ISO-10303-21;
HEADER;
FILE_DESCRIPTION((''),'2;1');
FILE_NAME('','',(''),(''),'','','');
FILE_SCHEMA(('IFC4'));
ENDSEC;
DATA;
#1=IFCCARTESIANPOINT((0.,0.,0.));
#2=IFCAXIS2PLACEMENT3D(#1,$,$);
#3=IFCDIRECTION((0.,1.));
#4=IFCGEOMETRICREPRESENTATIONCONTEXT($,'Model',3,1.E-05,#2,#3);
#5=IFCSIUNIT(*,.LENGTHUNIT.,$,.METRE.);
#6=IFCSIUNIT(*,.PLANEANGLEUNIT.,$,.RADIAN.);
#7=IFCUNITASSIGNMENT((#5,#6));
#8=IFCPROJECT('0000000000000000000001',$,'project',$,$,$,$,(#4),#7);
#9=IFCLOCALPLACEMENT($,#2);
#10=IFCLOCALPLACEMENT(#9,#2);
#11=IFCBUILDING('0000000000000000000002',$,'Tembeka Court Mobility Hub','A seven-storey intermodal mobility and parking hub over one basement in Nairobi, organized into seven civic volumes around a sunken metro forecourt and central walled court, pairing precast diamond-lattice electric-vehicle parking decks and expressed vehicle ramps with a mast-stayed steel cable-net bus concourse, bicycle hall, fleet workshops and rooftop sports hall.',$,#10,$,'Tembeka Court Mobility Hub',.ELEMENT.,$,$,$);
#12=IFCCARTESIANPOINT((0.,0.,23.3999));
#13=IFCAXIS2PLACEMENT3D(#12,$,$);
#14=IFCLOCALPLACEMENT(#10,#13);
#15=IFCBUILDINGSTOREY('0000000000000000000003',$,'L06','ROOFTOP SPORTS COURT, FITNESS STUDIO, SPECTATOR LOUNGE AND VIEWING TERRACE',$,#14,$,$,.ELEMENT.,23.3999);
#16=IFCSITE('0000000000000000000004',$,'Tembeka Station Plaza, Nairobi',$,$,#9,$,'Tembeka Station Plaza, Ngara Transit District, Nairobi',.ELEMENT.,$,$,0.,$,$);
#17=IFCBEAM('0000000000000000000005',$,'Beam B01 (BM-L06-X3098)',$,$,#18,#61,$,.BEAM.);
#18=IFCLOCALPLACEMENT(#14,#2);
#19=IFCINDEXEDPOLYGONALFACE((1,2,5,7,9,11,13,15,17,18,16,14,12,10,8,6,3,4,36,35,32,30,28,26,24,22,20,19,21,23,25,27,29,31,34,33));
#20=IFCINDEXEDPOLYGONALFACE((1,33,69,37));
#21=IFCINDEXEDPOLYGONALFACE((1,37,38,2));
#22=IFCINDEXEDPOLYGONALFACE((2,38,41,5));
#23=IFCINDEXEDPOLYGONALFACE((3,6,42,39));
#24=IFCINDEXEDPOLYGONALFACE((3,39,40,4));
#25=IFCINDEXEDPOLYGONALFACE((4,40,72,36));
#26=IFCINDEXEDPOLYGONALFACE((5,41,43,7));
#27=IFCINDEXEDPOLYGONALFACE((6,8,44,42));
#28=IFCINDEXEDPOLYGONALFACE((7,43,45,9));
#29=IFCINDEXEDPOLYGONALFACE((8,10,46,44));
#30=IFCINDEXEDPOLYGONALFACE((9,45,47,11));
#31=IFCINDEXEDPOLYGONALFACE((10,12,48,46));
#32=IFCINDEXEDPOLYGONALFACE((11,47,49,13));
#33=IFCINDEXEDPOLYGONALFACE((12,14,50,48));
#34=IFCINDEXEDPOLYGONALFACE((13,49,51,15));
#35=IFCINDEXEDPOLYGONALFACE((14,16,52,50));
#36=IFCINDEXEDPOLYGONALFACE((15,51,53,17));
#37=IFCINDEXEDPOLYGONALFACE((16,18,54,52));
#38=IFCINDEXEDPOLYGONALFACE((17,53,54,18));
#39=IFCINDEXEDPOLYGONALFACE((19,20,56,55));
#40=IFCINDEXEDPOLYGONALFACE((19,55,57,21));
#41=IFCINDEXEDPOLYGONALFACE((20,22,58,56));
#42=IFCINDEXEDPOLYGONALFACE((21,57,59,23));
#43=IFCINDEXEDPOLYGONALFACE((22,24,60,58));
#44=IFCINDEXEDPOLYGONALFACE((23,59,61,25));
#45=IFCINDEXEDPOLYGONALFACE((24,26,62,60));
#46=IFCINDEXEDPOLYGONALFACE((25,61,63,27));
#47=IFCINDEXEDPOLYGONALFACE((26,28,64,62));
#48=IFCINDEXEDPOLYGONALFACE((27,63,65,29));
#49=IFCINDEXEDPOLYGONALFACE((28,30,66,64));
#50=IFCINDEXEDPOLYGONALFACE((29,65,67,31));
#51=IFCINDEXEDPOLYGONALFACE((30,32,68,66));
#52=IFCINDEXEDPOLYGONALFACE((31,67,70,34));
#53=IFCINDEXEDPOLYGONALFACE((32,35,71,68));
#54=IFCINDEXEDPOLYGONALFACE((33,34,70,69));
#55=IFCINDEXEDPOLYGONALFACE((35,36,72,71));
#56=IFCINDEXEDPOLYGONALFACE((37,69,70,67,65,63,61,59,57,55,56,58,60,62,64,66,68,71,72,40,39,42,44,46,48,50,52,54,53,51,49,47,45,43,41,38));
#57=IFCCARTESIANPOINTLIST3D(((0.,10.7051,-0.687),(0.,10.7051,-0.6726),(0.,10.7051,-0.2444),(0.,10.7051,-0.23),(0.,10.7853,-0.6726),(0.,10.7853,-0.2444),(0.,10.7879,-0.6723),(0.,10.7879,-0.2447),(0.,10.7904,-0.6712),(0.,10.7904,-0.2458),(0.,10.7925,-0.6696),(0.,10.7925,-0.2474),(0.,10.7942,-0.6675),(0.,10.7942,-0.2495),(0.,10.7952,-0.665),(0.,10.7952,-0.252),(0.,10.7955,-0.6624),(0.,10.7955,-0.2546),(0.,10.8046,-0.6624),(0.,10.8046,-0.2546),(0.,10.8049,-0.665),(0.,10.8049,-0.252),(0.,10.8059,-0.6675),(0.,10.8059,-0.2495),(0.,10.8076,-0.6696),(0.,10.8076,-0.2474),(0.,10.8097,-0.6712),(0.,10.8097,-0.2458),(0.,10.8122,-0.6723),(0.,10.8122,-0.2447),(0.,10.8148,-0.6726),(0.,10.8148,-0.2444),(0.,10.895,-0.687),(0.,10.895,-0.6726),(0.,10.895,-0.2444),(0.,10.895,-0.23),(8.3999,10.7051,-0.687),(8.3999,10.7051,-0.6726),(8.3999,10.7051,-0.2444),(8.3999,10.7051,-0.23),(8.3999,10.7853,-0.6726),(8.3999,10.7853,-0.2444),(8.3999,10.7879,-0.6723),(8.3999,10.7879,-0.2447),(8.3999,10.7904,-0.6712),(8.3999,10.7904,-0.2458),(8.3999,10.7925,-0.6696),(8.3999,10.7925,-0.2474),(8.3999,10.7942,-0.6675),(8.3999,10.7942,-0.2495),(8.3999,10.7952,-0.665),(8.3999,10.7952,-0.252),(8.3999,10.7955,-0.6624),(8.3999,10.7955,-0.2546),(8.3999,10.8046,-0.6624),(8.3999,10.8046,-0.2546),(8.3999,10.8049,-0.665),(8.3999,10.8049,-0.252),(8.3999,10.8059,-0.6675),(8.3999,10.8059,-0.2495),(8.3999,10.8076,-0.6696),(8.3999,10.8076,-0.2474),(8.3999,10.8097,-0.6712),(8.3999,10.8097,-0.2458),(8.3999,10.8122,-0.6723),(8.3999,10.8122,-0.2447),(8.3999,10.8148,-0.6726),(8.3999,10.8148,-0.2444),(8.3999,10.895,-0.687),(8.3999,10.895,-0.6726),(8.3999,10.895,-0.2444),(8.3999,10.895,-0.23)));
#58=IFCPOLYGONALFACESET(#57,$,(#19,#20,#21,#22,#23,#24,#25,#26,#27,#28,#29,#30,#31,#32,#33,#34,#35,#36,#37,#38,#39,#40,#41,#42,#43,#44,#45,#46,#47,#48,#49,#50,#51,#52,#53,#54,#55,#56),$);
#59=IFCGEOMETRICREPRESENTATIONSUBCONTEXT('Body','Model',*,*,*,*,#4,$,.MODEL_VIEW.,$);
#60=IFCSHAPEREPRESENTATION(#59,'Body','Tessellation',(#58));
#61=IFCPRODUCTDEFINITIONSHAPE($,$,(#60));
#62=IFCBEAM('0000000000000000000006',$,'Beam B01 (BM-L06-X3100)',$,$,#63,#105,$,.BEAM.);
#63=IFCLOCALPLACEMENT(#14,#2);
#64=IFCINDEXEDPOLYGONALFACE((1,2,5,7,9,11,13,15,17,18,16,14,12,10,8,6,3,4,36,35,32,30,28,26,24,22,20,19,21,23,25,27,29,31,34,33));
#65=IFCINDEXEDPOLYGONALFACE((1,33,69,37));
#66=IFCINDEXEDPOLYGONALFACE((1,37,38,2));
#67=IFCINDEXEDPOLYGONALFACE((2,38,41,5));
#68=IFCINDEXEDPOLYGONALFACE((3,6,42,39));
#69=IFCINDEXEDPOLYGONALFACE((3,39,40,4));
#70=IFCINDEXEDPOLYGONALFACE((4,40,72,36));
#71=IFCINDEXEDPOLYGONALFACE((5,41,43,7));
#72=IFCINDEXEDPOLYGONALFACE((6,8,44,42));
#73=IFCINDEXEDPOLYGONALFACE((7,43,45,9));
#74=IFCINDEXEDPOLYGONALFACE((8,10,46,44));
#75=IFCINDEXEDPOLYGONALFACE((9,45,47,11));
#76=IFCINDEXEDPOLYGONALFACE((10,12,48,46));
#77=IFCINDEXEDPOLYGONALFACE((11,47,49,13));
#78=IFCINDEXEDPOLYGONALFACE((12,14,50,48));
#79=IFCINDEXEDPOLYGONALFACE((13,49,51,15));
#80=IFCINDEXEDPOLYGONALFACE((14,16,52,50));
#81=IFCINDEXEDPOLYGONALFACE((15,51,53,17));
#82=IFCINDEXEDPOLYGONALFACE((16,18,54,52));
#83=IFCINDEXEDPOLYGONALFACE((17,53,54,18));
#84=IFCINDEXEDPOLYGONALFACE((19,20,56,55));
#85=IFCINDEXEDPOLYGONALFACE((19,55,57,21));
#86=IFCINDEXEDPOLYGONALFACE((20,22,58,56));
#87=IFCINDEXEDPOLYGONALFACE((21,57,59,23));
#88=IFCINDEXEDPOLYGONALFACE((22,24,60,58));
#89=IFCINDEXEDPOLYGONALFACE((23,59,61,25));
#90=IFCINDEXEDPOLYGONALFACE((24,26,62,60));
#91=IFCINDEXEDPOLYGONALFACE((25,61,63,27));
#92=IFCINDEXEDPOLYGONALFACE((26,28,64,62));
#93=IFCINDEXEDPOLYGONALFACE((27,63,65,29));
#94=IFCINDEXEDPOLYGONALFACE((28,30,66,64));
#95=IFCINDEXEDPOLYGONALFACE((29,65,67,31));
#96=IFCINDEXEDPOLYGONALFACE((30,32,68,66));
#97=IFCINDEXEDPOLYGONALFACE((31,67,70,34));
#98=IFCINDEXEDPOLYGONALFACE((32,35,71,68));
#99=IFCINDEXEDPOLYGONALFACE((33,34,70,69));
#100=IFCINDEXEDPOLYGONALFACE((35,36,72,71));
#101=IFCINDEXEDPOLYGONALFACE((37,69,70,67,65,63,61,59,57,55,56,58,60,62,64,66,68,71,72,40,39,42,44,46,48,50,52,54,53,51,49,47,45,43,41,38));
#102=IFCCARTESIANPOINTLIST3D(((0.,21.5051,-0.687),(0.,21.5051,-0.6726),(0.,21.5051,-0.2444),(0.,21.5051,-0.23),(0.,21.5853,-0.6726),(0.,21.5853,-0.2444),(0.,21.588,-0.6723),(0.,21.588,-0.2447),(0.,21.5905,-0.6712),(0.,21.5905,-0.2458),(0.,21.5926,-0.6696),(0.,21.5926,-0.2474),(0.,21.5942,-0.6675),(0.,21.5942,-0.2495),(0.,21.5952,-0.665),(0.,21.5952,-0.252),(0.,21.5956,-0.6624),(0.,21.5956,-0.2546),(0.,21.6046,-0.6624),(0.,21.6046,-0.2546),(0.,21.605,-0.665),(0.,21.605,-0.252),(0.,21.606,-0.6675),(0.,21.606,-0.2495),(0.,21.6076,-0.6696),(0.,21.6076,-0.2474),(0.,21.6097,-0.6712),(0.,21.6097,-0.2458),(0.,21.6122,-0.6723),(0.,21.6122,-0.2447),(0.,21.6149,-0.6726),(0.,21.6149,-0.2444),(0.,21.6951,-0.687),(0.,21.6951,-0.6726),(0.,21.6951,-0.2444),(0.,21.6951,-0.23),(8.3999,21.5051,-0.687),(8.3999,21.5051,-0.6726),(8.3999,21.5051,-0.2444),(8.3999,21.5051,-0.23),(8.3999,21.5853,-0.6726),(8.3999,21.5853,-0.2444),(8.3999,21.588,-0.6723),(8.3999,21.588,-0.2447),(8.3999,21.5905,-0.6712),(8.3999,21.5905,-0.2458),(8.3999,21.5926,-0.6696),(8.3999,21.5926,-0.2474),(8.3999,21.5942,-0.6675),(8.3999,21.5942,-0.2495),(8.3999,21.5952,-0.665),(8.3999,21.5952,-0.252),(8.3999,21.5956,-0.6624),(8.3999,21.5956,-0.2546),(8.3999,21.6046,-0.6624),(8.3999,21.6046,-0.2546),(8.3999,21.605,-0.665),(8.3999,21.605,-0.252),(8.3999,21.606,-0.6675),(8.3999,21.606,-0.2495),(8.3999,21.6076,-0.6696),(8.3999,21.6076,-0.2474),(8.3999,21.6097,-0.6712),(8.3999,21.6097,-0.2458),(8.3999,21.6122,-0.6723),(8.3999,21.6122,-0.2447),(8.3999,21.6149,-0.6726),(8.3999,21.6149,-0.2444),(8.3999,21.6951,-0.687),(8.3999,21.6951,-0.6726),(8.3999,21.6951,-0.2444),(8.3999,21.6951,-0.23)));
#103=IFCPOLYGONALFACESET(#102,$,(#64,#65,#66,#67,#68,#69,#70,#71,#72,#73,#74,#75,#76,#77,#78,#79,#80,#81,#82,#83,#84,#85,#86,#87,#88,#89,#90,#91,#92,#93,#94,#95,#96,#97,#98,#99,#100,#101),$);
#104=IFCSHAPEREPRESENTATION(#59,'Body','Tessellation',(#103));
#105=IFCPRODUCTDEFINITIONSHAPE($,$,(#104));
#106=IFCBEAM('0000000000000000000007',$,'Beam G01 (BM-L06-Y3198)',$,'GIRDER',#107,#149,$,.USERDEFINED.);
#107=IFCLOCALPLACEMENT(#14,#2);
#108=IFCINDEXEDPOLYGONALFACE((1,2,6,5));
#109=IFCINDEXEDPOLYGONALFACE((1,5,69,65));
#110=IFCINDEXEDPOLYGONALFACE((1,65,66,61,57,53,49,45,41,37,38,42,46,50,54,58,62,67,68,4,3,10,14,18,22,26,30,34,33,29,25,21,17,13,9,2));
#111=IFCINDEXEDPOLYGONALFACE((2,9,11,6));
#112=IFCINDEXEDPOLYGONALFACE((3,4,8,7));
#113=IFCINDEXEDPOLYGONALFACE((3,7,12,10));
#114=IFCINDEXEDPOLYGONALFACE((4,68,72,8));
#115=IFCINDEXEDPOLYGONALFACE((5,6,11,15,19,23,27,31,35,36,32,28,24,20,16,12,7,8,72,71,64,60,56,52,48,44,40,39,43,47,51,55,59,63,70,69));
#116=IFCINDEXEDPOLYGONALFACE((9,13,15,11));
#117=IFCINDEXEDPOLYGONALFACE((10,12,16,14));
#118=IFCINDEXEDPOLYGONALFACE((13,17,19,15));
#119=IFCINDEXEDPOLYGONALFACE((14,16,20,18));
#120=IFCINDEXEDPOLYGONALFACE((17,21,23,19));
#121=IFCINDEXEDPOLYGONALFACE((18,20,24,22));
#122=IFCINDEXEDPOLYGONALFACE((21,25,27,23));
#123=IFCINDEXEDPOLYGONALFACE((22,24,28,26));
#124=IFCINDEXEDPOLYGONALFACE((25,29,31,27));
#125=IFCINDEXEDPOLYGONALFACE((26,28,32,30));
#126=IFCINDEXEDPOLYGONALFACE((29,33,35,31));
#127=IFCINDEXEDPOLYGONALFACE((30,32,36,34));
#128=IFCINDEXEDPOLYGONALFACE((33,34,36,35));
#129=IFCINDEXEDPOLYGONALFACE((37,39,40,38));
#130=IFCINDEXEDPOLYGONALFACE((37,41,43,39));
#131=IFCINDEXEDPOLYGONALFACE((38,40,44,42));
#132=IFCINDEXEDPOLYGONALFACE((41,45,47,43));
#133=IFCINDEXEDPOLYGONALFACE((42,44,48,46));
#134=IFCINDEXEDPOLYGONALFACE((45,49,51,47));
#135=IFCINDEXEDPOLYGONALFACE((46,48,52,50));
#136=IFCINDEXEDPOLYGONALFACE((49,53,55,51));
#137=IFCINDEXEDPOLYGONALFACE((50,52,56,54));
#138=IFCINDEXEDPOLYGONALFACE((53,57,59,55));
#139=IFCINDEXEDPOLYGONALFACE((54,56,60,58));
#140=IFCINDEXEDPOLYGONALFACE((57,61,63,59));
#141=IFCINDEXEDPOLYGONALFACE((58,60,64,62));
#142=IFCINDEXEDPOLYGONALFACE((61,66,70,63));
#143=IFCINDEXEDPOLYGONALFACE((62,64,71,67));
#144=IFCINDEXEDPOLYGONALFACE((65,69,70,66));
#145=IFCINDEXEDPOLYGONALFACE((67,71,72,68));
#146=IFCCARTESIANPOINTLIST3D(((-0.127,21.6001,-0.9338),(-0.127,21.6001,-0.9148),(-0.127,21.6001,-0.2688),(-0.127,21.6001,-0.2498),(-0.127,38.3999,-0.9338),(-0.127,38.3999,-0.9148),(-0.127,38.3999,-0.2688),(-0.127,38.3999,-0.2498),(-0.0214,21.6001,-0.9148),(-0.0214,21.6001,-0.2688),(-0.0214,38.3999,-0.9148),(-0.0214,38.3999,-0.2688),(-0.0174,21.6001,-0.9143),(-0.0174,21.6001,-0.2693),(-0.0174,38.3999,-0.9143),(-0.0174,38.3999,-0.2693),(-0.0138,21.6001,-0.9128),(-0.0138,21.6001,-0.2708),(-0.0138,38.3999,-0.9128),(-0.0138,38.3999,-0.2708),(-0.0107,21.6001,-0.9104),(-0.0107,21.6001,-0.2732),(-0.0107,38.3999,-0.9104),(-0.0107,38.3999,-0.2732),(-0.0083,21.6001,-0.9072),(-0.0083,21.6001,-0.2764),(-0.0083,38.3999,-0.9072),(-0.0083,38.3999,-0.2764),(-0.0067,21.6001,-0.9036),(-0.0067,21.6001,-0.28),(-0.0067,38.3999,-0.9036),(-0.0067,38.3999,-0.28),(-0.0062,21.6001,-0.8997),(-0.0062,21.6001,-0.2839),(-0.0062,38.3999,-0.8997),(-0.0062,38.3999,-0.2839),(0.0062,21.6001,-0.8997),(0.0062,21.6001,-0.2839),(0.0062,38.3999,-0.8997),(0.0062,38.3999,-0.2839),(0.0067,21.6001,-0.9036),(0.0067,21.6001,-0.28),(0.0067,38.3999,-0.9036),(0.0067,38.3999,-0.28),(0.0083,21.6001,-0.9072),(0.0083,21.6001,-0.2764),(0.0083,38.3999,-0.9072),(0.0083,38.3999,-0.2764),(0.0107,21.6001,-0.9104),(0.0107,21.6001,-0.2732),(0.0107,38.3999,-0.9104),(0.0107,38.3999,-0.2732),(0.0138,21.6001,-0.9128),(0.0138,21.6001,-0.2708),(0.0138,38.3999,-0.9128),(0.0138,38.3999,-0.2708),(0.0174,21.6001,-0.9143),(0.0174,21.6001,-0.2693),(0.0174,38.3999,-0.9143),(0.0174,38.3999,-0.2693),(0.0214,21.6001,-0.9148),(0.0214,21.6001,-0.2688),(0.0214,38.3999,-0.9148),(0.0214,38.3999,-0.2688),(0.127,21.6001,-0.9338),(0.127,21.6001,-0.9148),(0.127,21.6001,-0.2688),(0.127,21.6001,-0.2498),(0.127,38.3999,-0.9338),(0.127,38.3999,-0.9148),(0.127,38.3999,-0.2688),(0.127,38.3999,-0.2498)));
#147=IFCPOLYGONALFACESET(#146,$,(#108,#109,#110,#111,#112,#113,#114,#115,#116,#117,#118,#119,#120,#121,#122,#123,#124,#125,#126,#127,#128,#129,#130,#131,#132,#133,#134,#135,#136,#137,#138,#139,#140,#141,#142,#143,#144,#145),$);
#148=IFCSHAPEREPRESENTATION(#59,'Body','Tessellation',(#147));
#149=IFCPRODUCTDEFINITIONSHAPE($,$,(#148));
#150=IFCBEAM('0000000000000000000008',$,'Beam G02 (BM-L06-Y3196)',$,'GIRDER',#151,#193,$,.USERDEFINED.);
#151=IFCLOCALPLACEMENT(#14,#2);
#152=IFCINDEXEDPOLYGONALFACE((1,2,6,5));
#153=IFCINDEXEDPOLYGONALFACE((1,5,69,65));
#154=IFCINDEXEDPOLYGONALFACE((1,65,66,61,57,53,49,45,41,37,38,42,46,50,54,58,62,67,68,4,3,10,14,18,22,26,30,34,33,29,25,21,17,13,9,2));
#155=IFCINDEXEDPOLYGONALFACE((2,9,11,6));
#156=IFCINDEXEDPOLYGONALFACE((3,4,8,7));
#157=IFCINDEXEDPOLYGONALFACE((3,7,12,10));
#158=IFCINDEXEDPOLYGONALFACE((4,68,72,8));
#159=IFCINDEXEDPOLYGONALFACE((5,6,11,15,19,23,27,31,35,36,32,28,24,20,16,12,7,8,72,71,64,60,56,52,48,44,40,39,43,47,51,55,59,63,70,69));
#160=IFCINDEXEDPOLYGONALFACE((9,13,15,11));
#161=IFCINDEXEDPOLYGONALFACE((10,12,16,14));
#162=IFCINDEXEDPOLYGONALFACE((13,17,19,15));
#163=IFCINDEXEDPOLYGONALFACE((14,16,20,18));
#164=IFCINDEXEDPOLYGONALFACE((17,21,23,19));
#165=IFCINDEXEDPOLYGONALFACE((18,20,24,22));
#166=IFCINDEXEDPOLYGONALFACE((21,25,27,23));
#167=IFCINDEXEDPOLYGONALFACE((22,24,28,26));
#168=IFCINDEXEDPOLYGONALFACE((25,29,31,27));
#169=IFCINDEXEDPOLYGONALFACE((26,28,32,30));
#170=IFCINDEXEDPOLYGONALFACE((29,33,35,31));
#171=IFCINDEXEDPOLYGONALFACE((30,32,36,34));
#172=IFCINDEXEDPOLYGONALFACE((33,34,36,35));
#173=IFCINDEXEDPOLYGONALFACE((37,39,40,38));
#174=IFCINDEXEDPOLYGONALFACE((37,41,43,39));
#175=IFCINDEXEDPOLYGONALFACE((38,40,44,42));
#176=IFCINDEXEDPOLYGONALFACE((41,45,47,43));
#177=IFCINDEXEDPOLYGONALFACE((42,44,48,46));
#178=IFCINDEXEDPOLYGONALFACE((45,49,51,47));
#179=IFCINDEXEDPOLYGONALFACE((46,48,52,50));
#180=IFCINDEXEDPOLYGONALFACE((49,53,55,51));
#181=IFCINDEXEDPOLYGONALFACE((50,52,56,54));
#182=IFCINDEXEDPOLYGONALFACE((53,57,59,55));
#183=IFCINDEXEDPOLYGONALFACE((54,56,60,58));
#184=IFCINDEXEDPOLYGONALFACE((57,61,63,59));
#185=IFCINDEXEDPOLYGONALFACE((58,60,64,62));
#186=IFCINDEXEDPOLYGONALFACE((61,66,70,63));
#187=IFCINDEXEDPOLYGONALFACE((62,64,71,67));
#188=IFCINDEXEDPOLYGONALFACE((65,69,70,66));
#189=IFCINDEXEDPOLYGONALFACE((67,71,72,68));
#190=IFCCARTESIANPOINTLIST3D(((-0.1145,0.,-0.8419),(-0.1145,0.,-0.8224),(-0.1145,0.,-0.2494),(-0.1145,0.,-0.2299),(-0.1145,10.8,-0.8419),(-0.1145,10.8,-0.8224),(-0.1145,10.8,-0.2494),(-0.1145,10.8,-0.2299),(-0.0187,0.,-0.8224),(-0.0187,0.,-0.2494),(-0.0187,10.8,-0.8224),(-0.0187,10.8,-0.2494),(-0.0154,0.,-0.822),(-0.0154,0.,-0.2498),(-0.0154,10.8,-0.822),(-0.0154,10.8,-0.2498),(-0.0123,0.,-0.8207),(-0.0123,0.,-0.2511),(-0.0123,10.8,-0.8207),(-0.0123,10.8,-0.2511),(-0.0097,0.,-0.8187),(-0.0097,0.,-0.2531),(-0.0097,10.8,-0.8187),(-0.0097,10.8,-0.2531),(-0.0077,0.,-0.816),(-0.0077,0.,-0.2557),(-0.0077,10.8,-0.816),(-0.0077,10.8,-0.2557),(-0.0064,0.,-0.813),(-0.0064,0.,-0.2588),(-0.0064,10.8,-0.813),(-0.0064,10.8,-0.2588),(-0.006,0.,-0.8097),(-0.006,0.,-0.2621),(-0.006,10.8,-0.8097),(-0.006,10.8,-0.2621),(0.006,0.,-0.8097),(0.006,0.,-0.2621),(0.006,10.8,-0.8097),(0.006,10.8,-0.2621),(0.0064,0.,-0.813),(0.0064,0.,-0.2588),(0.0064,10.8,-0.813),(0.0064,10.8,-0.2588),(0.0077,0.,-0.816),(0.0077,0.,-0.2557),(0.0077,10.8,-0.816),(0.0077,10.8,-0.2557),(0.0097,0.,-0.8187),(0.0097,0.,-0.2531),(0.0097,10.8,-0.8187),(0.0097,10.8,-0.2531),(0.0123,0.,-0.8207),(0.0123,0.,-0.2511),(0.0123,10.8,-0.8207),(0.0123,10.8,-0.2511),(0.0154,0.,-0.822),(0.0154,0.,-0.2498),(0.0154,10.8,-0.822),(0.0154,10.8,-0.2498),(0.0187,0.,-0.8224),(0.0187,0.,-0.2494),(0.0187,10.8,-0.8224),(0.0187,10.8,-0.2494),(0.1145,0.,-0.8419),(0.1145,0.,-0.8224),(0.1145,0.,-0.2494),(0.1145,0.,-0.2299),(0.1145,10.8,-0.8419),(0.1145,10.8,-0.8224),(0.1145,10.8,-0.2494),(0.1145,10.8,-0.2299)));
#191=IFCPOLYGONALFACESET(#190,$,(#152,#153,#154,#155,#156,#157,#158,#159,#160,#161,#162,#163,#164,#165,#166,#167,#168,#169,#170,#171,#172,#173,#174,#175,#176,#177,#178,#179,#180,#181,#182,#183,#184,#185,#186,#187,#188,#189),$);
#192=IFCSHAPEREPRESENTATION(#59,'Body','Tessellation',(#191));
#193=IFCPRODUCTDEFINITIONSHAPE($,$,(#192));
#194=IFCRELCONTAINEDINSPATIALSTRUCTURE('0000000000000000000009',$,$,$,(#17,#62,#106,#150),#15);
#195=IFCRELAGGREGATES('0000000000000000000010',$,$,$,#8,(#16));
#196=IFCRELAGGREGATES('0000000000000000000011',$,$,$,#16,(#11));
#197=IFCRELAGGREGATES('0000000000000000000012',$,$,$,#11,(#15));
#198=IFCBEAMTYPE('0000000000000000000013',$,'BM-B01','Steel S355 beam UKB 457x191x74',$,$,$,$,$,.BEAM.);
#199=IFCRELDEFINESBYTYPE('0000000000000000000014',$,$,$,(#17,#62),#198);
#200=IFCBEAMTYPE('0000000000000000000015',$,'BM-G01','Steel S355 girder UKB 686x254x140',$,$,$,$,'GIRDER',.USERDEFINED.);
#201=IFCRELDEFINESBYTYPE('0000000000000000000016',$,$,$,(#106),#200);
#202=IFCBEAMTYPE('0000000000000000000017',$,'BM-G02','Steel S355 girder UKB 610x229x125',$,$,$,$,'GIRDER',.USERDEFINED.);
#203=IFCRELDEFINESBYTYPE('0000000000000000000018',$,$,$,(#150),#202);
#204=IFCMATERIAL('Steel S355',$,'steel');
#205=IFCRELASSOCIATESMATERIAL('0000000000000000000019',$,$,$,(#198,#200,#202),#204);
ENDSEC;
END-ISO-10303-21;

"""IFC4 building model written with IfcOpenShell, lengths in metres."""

from ifc_helpers import new_model, si_unit, direction, frame, origin, origin_2d, place, context, subcontext, project, spatial, i_section, extrude, material, material_profile, profile_set, type_object, element, save


model = new_model("IFC4")

# Units and contexts
model_context = context("Model", 3, precision=1e-05, world=origin(), true_north=direction((0.0, 1.0)))
body_context = subcontext(model_context, "Body", "Model", "MODEL_VIEW")
ifc_project = project(units=[si_unit("LENGTHUNIT", "METRE"), si_unit("PLANEANGLEUNIT", "RADIAN")], contexts=[model_context])

# Site, building, storey
site_placement = place(None, origin())
site = spatial("IfcSite", under=ifc_project, at=site_placement, Name="Tembeka Station Plaza, Nairobi", LongName="Tembeka Station Plaza, Ngara Transit District, Nairobi", CompositionType="ELEMENT", RefElevation=0.0)
building_placement = place(site_placement, origin())
building = spatial("IfcBuilding", under=site, at=building_placement, Name="Tembeka Court Mobility Hub", Description="A seven-storey intermodal mobility and parking hub over one basement in Nairobi, organized into seven civic volumes around a sunken metro forecourt and central walled court, pairing precast diamond-lattice electric-vehicle parking decks and expressed vehicle ramps with a mast-stayed steel cable-net bus concourse, bicycle hall, fleet workshops and rooftop sports hall.", LongName="Tembeka Court Mobility Hub", CompositionType="ELEMENT")
storey_placement = place(building_placement, frame((0.0, 0.0, 23.3999)))
storey = spatial("IfcBuildingStorey", under=building, at=storey_placement, Name="L06", Description="ROOFTOP SPORTS COURT, FITNESS STUDIO, SPECTATOR LOUNGE AND VIEWING TERRACE", CompositionType="ELEMENT", Elevation=23.3999)

# Beams
ifc_material_1 = material(Name="Steel S355", Category="steel")
ifc_material_profile_1 = material_profile(ifc_material_1, i_section(OverallWidth=0.1899, OverallDepth=0.457, WebThickness=0.009, FlangeThickness=0.0144, FilletRadius=0.0103, at=origin_2d()), Name="UKB 457x191x74")
ifc_profile_set_1 = profile_set([ifc_material_profile_1], Name="Steel S355")
beam_type_1 = type_object("IfcBeamType", Name="BM-B01", Description="Steel S355 beam UKB 457x191x74", PredefinedType="BEAM", material=ifc_profile_set_1)
for number, where, z_axis, x_axis, name in (
    (1, (0.0, 10.8, -0.4585), (1.0, 0.0, 0.0), (0.0, 1.0, 0.0), "Beam B01 (BM-L06-X3098)"),
    (2, (0.0, 21.6001, -0.4585), (1.0, 0.0, 0.0), (0.0, 1.0, 0.0), "Beam B01 (BM-L06-X3100)"),
):
    element("IfcBeam", number, at=place(storey_placement, frame(where, z_axis=z_axis, x_axis=x_axis)), inside=storey, type_object=beam_type_1, Name=name, PredefinedType="BEAM", context=body_context, shape_type="SweptSolid", body=[
        extrude(i_section(OverallWidth=0.1899, OverallDepth=0.457, WebThickness=0.009, FlangeThickness=0.0144, FilletRadius=0.0103, at=origin_2d()), origin(), (0.0, 0.0, 1.0), 8.3999),
    ])
ifc_material_profile_2 = material_profile(ifc_material_1, i_section(OverallWidth=0.2539, OverallDepth=0.6841, WebThickness=0.0125, FlangeThickness=0.019, FilletRadius=0.0151, at=origin_2d()), Name="UKB 686x254x140")
ifc_profile_set_2 = profile_set([ifc_material_profile_2], Name="Steel S355")
beam_type_2 = type_object("IfcBeamType", Name="BM-G01", Description="Steel S355 girder UKB 686x254x140", ElementType="GIRDER", PredefinedType="USERDEFINED", material=ifc_profile_set_2)
beam_1_placement = place(storey_placement, frame((0.0, 21.6001, -0.5918), z_axis=(0.0, 1.0, 0.0), x_axis=(-1.0, 0.0, 0.0)))
element("IfcBeam", 3, at=beam_1_placement, inside=storey, type_object=beam_type_2, Name="Beam G01 (BM-L06-Y3198)", ObjectType="GIRDER", PredefinedType="USERDEFINED", context=body_context, shape_type="SweptSolid", body=[
    extrude(i_section(OverallWidth=0.2539, OverallDepth=0.6841, WebThickness=0.0125, FlangeThickness=0.019, FilletRadius=0.0151, at=origin_2d()), origin(), (0.0, 0.0, 1.0), 16.7998),
])
ifc_material_profile_3 = material_profile(ifc_material_1, i_section(OverallWidth=0.229, OverallDepth=0.6121, WebThickness=0.012, FlangeThickness=0.0195, FilletRadius=0.0127, at=origin_2d()), Name="UKB 610x229x125")
ifc_profile_set_3 = profile_set([ifc_material_profile_3], Name="Steel S355")
beam_type_3 = type_object("IfcBeamType", Name="BM-G02", Description="Steel S355 girder UKB 610x229x125", ElementType="GIRDER", PredefinedType="USERDEFINED", material=ifc_profile_set_3)
for number, where, z_axis, x_axis, name in (
    (4, (0.0, 0.0, -0.5359), (0.0, 1.0, 0.0), (-1.0, 0.0, 0.0), "Beam G02 (BM-L06-Y3196)"),
):
    element("IfcBeam", number, at=place(storey_placement, frame(where, z_axis=z_axis, x_axis=x_axis)), inside=storey, type_object=beam_type_3, Name=name, ObjectType="GIRDER", PredefinedType="USERDEFINED", context=body_context, shape_type="SweptSolid", body=[
        extrude(i_section(OverallWidth=0.229, OverallDepth=0.6121, WebThickness=0.012, FlangeThickness=0.0195, FilletRadius=0.0127, at=origin_2d()), origin(), (0.0, 0.0, 1.0), 10.8),
    ])

save(model, "model.ifc")
